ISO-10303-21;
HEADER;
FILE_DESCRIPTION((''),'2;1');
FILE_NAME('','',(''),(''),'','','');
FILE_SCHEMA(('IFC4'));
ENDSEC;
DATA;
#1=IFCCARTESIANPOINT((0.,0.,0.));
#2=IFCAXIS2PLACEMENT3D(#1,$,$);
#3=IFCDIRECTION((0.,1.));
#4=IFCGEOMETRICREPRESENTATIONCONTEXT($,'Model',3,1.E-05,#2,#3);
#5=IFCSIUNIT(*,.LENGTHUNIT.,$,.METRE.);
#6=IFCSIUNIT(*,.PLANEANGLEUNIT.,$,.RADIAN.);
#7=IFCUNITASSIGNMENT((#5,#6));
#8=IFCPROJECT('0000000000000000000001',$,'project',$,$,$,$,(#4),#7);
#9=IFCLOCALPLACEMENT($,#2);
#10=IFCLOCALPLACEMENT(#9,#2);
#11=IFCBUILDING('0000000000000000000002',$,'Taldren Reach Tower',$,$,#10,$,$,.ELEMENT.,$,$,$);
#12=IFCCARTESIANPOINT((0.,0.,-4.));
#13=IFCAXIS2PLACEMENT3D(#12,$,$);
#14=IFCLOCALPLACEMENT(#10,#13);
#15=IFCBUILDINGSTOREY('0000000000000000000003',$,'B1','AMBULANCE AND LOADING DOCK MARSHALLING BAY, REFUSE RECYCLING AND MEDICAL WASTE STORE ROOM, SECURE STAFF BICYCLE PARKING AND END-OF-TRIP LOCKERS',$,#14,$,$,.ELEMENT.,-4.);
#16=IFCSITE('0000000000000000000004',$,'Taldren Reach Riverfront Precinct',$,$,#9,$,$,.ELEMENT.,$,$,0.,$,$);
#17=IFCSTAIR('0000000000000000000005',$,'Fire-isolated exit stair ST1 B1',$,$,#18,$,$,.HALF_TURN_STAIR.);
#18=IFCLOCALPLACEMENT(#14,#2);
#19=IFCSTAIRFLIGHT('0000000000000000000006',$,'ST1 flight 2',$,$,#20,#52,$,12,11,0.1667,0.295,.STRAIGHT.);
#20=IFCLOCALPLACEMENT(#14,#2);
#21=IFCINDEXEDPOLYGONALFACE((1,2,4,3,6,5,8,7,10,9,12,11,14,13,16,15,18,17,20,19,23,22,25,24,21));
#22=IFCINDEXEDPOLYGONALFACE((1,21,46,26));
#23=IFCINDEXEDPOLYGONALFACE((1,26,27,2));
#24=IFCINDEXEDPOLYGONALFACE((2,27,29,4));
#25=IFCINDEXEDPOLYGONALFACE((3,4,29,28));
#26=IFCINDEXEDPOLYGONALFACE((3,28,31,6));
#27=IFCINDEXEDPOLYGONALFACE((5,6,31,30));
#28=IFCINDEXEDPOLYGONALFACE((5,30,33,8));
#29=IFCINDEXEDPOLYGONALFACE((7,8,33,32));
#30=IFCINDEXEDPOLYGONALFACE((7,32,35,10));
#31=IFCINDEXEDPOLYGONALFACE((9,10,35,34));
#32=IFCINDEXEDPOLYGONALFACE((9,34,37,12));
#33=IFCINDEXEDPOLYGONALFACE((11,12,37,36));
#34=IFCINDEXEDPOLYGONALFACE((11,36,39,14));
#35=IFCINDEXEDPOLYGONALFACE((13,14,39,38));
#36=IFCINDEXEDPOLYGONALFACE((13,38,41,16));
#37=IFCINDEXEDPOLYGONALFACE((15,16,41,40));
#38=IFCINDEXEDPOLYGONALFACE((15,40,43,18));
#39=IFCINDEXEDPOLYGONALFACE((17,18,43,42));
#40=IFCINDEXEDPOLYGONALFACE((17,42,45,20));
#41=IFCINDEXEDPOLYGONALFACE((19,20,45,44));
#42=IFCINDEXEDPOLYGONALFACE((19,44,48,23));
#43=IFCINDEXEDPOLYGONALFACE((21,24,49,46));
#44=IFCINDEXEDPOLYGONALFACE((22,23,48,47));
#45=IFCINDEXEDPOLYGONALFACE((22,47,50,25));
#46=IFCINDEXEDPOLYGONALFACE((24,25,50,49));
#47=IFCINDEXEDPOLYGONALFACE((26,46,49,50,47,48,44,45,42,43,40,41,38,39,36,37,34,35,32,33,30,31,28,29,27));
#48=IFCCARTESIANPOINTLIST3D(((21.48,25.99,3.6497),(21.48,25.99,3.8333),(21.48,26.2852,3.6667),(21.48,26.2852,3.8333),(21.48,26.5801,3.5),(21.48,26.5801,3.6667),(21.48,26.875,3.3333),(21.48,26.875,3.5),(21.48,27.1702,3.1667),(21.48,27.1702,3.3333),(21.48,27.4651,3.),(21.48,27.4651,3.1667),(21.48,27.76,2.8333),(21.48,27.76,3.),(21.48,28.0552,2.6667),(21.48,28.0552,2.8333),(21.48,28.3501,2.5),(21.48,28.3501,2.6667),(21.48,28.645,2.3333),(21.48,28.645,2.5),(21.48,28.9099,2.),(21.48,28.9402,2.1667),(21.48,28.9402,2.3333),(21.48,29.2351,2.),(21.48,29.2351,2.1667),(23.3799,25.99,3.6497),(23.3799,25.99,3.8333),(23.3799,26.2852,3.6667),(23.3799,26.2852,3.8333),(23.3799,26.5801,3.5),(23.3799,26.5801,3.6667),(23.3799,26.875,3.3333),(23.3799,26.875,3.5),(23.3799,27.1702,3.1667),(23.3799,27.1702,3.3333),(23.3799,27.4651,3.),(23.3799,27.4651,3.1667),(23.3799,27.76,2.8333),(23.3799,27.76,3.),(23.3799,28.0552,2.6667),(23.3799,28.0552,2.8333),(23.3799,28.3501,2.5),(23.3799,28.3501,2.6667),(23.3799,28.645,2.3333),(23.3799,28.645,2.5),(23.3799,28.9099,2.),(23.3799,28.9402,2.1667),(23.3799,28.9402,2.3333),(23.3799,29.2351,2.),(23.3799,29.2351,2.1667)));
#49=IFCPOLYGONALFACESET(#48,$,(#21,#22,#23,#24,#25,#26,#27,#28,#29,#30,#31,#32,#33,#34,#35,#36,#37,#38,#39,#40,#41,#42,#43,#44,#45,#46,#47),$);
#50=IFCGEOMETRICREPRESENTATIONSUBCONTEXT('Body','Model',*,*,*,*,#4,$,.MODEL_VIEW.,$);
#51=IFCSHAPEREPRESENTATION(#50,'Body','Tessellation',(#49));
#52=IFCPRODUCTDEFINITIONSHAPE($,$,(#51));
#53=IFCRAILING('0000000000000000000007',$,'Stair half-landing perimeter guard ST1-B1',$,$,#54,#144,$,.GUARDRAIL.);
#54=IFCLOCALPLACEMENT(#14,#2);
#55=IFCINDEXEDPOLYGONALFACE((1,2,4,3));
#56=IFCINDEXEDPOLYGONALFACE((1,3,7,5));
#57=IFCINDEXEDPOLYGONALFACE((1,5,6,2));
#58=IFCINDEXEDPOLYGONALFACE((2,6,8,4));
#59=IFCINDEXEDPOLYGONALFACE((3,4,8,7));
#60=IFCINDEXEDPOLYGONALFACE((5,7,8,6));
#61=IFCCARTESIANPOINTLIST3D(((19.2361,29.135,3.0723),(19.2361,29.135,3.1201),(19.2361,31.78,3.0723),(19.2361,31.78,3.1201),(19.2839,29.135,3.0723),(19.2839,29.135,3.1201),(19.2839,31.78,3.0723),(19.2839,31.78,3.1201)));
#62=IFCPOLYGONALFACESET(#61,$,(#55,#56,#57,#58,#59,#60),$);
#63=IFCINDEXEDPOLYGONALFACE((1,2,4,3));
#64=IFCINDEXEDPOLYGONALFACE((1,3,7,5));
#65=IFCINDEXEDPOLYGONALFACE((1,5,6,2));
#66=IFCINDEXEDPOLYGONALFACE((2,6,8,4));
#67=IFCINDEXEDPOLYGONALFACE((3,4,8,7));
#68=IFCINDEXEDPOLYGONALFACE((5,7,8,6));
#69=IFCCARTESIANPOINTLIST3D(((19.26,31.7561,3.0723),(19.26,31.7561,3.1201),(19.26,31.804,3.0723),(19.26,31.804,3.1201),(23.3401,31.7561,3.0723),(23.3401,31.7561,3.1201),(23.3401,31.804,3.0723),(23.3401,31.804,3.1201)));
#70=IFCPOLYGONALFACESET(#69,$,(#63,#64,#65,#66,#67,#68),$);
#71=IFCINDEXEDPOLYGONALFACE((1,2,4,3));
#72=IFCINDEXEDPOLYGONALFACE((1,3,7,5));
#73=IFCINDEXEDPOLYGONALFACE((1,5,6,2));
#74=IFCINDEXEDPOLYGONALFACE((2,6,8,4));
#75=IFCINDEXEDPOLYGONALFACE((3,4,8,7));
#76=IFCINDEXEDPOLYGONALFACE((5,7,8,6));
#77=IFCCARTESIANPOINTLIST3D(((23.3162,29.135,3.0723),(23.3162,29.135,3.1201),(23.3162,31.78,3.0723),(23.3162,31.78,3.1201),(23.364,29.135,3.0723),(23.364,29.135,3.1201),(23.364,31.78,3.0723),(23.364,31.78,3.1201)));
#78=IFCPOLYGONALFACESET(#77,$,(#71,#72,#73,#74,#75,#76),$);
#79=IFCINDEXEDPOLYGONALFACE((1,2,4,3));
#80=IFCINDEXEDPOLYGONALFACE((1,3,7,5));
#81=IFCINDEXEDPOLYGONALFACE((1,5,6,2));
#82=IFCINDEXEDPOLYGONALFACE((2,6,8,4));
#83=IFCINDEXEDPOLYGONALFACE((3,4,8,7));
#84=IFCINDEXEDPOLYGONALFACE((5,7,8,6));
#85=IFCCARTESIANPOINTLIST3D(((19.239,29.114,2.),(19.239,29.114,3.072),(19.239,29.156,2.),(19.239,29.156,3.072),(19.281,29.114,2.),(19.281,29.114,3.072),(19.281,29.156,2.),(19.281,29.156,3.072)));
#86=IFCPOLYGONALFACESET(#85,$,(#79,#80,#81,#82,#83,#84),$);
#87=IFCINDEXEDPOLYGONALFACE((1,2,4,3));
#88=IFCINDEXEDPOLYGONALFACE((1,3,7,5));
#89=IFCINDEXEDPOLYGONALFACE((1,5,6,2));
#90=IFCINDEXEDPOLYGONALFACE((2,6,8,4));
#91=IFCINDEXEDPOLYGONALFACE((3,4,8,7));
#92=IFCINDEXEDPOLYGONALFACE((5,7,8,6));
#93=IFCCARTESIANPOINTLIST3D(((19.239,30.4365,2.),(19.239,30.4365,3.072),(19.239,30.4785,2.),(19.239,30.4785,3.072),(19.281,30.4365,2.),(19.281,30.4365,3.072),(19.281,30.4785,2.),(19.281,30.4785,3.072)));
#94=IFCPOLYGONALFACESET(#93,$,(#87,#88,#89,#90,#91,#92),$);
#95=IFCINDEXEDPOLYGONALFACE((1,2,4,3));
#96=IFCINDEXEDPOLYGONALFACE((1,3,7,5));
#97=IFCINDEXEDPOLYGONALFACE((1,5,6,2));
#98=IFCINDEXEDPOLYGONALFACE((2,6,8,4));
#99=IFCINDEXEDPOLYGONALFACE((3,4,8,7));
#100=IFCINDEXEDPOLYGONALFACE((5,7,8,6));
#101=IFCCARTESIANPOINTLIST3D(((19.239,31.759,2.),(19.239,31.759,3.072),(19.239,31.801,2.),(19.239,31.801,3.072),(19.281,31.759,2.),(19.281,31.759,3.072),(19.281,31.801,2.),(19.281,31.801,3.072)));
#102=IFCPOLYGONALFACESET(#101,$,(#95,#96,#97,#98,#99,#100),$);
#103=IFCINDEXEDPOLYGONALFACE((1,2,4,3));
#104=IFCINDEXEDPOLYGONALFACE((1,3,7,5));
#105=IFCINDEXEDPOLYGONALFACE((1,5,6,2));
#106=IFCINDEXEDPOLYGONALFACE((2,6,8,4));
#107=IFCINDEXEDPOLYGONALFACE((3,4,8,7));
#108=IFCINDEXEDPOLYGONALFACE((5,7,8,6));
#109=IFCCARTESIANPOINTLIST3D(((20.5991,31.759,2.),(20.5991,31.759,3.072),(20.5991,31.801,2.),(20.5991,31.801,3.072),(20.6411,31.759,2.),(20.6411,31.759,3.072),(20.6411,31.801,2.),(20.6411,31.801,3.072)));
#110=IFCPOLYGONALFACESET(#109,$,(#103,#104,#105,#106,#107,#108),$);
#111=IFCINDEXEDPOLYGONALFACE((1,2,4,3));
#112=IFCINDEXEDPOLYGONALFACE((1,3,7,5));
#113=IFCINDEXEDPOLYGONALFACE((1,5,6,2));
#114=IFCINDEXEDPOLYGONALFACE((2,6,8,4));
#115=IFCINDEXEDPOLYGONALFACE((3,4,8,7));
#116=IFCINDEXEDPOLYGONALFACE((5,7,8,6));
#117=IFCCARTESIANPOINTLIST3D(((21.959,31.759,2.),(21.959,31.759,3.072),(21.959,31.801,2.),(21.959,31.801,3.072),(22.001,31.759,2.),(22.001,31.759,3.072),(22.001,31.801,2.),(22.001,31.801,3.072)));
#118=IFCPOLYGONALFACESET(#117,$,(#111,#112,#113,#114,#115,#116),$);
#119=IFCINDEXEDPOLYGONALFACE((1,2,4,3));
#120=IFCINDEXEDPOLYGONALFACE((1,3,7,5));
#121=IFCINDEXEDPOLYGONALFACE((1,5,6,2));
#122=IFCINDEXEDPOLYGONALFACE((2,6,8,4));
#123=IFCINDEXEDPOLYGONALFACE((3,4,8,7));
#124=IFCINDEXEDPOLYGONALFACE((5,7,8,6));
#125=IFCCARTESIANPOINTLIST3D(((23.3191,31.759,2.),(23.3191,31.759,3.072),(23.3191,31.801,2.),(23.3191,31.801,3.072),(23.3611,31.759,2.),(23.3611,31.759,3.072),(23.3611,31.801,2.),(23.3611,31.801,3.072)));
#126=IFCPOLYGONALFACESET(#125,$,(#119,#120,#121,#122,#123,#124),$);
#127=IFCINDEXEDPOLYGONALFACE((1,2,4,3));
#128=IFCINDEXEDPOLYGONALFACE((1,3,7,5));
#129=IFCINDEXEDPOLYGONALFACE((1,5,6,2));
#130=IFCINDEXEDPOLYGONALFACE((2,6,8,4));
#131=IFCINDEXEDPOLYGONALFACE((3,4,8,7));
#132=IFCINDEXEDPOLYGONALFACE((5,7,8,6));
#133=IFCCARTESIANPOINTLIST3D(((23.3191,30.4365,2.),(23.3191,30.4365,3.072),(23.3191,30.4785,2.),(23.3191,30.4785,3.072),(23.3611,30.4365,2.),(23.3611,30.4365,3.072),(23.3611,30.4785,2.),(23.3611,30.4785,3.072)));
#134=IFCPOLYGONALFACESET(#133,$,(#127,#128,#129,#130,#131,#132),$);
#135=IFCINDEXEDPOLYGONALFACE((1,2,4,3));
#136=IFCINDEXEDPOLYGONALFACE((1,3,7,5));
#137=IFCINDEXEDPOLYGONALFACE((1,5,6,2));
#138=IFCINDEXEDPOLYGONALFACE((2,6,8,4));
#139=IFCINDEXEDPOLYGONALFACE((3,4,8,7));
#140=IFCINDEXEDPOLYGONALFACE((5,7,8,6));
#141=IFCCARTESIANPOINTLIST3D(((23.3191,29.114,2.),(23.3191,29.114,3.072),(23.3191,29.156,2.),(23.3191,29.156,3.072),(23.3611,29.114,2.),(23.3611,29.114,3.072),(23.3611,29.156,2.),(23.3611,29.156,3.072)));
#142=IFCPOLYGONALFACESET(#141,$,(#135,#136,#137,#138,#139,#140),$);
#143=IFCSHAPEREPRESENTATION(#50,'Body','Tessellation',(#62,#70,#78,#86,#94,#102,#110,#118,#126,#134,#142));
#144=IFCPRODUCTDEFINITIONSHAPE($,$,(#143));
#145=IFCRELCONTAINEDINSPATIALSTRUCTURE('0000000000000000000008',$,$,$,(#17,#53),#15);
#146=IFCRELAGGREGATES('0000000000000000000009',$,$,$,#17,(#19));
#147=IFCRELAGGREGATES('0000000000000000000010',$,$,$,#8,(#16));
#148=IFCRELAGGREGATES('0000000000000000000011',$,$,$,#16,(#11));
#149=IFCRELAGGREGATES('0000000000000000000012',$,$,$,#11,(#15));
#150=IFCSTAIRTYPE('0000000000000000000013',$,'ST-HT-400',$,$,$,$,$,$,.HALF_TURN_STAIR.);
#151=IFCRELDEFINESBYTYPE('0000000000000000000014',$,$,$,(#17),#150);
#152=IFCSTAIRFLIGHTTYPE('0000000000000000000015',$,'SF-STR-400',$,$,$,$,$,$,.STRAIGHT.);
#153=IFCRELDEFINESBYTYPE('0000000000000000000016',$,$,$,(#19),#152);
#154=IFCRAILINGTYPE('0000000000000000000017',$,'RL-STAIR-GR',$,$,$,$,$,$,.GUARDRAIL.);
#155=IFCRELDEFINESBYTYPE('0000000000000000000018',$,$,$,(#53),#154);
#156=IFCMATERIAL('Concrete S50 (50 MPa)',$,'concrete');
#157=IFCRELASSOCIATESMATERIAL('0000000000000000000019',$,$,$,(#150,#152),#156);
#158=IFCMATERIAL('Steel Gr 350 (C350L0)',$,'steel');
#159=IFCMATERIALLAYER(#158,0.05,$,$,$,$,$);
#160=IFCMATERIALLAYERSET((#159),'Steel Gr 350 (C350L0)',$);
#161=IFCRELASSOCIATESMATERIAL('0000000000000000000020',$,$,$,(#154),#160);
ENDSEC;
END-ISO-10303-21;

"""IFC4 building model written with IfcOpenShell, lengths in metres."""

from ifc_helpers import new_model, si_unit, direction, frame, origin, origin_2d, place, context, subcontext, project, spatial, polyline, rectangle, outline, extrude, material, layer, layer_set, type_object, element, aggregate, save


model = new_model("IFC4")

# Units and contexts
model_context = context("Model", 3, precision=1e-05, world=origin(), true_north=direction((0.0, 1.0)))
body_context = subcontext(model_context, "Body", "Model", "MODEL_VIEW")
ifc_project = project(units=[si_unit("LENGTHUNIT", "METRE"), si_unit("PLANEANGLEUNIT", "RADIAN")], contexts=[model_context])

# Site, building, storey
site_placement = place(None, origin())
site = spatial("IfcSite", under=ifc_project, at=site_placement, Name="Taldren Reach Riverfront Precinct", CompositionType="ELEMENT", RefElevation=0.0)
building_placement = place(site_placement, origin())
building = spatial("IfcBuilding", under=site, at=building_placement, Name="Taldren Reach Tower", CompositionType="ELEMENT")
storey_placement = place(building_placement, frame((0.0, 0.0, -4.0)))
storey = spatial("IfcBuildingStorey", under=building, at=storey_placement, Name="B1", Description="AMBULANCE AND LOADING DOCK MARSHALLING BAY, REFUSE RECYCLING AND MEDICAL WASTE STORE ROOM, SECURE STAFF BICYCLE PARKING AND END-OF-TRIP LOCKERS", CompositionType="ELEMENT", Elevation=-4.0)

# Shared definitions
ifc_material_1 = material(Name="Steel Gr 350 (C350L0)", Category="steel")

# Shared definitions
ifc_material_2 = material(Name="Concrete S50 (50 MPa)", Category="concrete")

# Stair, stair flight
stair_type = type_object("IfcStairType", Name="ST-HT-400", PredefinedType="HALF_TURN_STAIR", material=ifc_material_2)
stair_placement = place(storey_placement, origin())
stair = element("IfcStair", 1, at=stair_placement, inside=storey, type_object=stair_type, Name="Fire-isolated exit stair ST1 B1", PredefinedType="HALF_TURN_STAIR")
stair_flight_type = type_object("IfcStairFlightType", Name="SF-STR-400", PredefinedType="STRAIGHT", material=ifc_material_2)
stair_flight_1_placement = place(storey_placement, frame((22.4299, 29.2351, 2.0), z_axis=(0.0, 0.0, 1.0), x_axis=(0.0, -1.0, 0.0)))
stair_flight_1 = element("IfcStairFlight", 2, at=stair_flight_1_placement, type_object=stair_flight_type, Name="ST1 flight 2", NumberOfRisers=12, NumberOfTreads=11, PredefinedType="STRAIGHT", RiserHeight=0.1667, TreadLength=0.295, context=body_context, shape_type="SweptSolid", body=[
    extrude(outline(polyline([(0.0, 0.0), (0.0, 0.1667), (0.2949, 0.1667), (0.2949, 0.3333), (0.5901, 0.3333), (0.5901, 0.5), (0.885, 0.5), (0.885, 0.6667), (1.1799, 0.6667), (1.1799, 0.8333), (1.4751, 0.8333), (1.4751, 1.0), (1.77, 1.0), (1.77, 1.1667), (2.0649, 1.1667), (2.0649, 1.3333), (2.3601, 1.3333), (2.3601, 1.5), (2.655, 1.5), (2.655, 1.6667), (2.95, 1.6667), (2.95, 1.8333), (3.2451, 1.8333), (3.2451, 2.0), (3.2451, 1.6497), (0.3252, 0.0), (0.0, 0.0)])), frame((0.0, 0.95, 0.0), z_axis=(0.0, -1.0, 0.0), x_axis=(1.0, 0.0, 0.0)), (0.0, 0.0, 1.0), 1.8999),
])
aggregate(stair, [stair_flight_1])

# Railing
ifc_layer_1 = layer(ifc_material_1, 0.05)
ifc_layer_set_1 = layer_set([ifc_layer_1], Name="Steel Gr 350 (C350L0)")
railing_type_1 = type_object("IfcRailingType", Name="RL-STAIR-GR", PredefinedType="GUARDRAIL", material=ifc_layer_set_1)
railing_1_placement = place(storey_placement, frame((19.26, 29.135, 2.0)))
element("IfcRailing", 3, at=railing_1_placement, inside=storey, type_object=railing_type_1, Name="Stair half-landing perimeter guard ST1-B1", PredefinedType="GUARDRAIL", context=body_context, shape_type="SweptSolid", body=[
    extrude(rectangle(XDim=0.0479, YDim=0.0479, at=origin_2d()), frame((0.0, 0.0, 1.0962), z_axis=(0.0, 1.0, 0.0), x_axis=(-1.0, 0.0, 0.0)), (0.0, 0.0, 1.0), 2.645),
    extrude(rectangle(XDim=0.0479, YDim=0.0479, at=origin_2d()), frame((0.0, 2.645, 1.0962), z_axis=(1.0, 0.0, 0.0), x_axis=(0.0, 1.0, 0.0)), (0.0, 0.0, 1.0), 4.0801),
    extrude(rectangle(XDim=0.0479, YDim=0.0479, at=origin_2d()), frame((4.0801, 2.645, 1.0962), z_axis=(0.0, -1.0, 0.0), x_axis=(1.0, 0.0, 0.0)), (0.0, 0.0, 1.0), 2.645),
    extrude(rectangle(XDim=0.042, YDim=0.042, at=origin_2d()), origin(), (0.0, 0.0, 1.0), 1.072),
    extrude(rectangle(XDim=0.042, YDim=0.042, at=origin_2d()), frame((0.0, 1.3225, 0.0)), (0.0, 0.0, 1.0), 1.072),
    extrude(rectangle(XDim=0.042, YDim=0.042, at=origin_2d()), frame((0.0, 2.645, 0.0)), (0.0, 0.0, 1.0), 1.072),
    extrude(rectangle(XDim=0.042, YDim=0.042, at=origin_2d()), frame((1.3601, 2.645, 0.0)), (0.0, 0.0, 1.0), 1.072),
    extrude(rectangle(XDim=0.042, YDim=0.042, at=origin_2d()), frame((2.72, 2.645, 0.0)), (0.0, 0.0, 1.0), 1.072),
    extrude(rectangle(XDim=0.042, YDim=0.042, at=origin_2d()), frame((4.0801, 2.645, 0.0)), (0.0, 0.0, 1.0), 1.072),
    extrude(rectangle(XDim=0.042, YDim=0.042, at=origin_2d()), frame((4.0801, 1.3225, 0.0)), (0.0, 0.0, 1.0), 1.072),
    extrude(rectangle(XDim=0.042, YDim=0.042, at=origin_2d()), frame((4.0801, 0.0, 0.0)), (0.0, 0.0, 1.0), 1.072),
])

save(model, "model.ifc")
